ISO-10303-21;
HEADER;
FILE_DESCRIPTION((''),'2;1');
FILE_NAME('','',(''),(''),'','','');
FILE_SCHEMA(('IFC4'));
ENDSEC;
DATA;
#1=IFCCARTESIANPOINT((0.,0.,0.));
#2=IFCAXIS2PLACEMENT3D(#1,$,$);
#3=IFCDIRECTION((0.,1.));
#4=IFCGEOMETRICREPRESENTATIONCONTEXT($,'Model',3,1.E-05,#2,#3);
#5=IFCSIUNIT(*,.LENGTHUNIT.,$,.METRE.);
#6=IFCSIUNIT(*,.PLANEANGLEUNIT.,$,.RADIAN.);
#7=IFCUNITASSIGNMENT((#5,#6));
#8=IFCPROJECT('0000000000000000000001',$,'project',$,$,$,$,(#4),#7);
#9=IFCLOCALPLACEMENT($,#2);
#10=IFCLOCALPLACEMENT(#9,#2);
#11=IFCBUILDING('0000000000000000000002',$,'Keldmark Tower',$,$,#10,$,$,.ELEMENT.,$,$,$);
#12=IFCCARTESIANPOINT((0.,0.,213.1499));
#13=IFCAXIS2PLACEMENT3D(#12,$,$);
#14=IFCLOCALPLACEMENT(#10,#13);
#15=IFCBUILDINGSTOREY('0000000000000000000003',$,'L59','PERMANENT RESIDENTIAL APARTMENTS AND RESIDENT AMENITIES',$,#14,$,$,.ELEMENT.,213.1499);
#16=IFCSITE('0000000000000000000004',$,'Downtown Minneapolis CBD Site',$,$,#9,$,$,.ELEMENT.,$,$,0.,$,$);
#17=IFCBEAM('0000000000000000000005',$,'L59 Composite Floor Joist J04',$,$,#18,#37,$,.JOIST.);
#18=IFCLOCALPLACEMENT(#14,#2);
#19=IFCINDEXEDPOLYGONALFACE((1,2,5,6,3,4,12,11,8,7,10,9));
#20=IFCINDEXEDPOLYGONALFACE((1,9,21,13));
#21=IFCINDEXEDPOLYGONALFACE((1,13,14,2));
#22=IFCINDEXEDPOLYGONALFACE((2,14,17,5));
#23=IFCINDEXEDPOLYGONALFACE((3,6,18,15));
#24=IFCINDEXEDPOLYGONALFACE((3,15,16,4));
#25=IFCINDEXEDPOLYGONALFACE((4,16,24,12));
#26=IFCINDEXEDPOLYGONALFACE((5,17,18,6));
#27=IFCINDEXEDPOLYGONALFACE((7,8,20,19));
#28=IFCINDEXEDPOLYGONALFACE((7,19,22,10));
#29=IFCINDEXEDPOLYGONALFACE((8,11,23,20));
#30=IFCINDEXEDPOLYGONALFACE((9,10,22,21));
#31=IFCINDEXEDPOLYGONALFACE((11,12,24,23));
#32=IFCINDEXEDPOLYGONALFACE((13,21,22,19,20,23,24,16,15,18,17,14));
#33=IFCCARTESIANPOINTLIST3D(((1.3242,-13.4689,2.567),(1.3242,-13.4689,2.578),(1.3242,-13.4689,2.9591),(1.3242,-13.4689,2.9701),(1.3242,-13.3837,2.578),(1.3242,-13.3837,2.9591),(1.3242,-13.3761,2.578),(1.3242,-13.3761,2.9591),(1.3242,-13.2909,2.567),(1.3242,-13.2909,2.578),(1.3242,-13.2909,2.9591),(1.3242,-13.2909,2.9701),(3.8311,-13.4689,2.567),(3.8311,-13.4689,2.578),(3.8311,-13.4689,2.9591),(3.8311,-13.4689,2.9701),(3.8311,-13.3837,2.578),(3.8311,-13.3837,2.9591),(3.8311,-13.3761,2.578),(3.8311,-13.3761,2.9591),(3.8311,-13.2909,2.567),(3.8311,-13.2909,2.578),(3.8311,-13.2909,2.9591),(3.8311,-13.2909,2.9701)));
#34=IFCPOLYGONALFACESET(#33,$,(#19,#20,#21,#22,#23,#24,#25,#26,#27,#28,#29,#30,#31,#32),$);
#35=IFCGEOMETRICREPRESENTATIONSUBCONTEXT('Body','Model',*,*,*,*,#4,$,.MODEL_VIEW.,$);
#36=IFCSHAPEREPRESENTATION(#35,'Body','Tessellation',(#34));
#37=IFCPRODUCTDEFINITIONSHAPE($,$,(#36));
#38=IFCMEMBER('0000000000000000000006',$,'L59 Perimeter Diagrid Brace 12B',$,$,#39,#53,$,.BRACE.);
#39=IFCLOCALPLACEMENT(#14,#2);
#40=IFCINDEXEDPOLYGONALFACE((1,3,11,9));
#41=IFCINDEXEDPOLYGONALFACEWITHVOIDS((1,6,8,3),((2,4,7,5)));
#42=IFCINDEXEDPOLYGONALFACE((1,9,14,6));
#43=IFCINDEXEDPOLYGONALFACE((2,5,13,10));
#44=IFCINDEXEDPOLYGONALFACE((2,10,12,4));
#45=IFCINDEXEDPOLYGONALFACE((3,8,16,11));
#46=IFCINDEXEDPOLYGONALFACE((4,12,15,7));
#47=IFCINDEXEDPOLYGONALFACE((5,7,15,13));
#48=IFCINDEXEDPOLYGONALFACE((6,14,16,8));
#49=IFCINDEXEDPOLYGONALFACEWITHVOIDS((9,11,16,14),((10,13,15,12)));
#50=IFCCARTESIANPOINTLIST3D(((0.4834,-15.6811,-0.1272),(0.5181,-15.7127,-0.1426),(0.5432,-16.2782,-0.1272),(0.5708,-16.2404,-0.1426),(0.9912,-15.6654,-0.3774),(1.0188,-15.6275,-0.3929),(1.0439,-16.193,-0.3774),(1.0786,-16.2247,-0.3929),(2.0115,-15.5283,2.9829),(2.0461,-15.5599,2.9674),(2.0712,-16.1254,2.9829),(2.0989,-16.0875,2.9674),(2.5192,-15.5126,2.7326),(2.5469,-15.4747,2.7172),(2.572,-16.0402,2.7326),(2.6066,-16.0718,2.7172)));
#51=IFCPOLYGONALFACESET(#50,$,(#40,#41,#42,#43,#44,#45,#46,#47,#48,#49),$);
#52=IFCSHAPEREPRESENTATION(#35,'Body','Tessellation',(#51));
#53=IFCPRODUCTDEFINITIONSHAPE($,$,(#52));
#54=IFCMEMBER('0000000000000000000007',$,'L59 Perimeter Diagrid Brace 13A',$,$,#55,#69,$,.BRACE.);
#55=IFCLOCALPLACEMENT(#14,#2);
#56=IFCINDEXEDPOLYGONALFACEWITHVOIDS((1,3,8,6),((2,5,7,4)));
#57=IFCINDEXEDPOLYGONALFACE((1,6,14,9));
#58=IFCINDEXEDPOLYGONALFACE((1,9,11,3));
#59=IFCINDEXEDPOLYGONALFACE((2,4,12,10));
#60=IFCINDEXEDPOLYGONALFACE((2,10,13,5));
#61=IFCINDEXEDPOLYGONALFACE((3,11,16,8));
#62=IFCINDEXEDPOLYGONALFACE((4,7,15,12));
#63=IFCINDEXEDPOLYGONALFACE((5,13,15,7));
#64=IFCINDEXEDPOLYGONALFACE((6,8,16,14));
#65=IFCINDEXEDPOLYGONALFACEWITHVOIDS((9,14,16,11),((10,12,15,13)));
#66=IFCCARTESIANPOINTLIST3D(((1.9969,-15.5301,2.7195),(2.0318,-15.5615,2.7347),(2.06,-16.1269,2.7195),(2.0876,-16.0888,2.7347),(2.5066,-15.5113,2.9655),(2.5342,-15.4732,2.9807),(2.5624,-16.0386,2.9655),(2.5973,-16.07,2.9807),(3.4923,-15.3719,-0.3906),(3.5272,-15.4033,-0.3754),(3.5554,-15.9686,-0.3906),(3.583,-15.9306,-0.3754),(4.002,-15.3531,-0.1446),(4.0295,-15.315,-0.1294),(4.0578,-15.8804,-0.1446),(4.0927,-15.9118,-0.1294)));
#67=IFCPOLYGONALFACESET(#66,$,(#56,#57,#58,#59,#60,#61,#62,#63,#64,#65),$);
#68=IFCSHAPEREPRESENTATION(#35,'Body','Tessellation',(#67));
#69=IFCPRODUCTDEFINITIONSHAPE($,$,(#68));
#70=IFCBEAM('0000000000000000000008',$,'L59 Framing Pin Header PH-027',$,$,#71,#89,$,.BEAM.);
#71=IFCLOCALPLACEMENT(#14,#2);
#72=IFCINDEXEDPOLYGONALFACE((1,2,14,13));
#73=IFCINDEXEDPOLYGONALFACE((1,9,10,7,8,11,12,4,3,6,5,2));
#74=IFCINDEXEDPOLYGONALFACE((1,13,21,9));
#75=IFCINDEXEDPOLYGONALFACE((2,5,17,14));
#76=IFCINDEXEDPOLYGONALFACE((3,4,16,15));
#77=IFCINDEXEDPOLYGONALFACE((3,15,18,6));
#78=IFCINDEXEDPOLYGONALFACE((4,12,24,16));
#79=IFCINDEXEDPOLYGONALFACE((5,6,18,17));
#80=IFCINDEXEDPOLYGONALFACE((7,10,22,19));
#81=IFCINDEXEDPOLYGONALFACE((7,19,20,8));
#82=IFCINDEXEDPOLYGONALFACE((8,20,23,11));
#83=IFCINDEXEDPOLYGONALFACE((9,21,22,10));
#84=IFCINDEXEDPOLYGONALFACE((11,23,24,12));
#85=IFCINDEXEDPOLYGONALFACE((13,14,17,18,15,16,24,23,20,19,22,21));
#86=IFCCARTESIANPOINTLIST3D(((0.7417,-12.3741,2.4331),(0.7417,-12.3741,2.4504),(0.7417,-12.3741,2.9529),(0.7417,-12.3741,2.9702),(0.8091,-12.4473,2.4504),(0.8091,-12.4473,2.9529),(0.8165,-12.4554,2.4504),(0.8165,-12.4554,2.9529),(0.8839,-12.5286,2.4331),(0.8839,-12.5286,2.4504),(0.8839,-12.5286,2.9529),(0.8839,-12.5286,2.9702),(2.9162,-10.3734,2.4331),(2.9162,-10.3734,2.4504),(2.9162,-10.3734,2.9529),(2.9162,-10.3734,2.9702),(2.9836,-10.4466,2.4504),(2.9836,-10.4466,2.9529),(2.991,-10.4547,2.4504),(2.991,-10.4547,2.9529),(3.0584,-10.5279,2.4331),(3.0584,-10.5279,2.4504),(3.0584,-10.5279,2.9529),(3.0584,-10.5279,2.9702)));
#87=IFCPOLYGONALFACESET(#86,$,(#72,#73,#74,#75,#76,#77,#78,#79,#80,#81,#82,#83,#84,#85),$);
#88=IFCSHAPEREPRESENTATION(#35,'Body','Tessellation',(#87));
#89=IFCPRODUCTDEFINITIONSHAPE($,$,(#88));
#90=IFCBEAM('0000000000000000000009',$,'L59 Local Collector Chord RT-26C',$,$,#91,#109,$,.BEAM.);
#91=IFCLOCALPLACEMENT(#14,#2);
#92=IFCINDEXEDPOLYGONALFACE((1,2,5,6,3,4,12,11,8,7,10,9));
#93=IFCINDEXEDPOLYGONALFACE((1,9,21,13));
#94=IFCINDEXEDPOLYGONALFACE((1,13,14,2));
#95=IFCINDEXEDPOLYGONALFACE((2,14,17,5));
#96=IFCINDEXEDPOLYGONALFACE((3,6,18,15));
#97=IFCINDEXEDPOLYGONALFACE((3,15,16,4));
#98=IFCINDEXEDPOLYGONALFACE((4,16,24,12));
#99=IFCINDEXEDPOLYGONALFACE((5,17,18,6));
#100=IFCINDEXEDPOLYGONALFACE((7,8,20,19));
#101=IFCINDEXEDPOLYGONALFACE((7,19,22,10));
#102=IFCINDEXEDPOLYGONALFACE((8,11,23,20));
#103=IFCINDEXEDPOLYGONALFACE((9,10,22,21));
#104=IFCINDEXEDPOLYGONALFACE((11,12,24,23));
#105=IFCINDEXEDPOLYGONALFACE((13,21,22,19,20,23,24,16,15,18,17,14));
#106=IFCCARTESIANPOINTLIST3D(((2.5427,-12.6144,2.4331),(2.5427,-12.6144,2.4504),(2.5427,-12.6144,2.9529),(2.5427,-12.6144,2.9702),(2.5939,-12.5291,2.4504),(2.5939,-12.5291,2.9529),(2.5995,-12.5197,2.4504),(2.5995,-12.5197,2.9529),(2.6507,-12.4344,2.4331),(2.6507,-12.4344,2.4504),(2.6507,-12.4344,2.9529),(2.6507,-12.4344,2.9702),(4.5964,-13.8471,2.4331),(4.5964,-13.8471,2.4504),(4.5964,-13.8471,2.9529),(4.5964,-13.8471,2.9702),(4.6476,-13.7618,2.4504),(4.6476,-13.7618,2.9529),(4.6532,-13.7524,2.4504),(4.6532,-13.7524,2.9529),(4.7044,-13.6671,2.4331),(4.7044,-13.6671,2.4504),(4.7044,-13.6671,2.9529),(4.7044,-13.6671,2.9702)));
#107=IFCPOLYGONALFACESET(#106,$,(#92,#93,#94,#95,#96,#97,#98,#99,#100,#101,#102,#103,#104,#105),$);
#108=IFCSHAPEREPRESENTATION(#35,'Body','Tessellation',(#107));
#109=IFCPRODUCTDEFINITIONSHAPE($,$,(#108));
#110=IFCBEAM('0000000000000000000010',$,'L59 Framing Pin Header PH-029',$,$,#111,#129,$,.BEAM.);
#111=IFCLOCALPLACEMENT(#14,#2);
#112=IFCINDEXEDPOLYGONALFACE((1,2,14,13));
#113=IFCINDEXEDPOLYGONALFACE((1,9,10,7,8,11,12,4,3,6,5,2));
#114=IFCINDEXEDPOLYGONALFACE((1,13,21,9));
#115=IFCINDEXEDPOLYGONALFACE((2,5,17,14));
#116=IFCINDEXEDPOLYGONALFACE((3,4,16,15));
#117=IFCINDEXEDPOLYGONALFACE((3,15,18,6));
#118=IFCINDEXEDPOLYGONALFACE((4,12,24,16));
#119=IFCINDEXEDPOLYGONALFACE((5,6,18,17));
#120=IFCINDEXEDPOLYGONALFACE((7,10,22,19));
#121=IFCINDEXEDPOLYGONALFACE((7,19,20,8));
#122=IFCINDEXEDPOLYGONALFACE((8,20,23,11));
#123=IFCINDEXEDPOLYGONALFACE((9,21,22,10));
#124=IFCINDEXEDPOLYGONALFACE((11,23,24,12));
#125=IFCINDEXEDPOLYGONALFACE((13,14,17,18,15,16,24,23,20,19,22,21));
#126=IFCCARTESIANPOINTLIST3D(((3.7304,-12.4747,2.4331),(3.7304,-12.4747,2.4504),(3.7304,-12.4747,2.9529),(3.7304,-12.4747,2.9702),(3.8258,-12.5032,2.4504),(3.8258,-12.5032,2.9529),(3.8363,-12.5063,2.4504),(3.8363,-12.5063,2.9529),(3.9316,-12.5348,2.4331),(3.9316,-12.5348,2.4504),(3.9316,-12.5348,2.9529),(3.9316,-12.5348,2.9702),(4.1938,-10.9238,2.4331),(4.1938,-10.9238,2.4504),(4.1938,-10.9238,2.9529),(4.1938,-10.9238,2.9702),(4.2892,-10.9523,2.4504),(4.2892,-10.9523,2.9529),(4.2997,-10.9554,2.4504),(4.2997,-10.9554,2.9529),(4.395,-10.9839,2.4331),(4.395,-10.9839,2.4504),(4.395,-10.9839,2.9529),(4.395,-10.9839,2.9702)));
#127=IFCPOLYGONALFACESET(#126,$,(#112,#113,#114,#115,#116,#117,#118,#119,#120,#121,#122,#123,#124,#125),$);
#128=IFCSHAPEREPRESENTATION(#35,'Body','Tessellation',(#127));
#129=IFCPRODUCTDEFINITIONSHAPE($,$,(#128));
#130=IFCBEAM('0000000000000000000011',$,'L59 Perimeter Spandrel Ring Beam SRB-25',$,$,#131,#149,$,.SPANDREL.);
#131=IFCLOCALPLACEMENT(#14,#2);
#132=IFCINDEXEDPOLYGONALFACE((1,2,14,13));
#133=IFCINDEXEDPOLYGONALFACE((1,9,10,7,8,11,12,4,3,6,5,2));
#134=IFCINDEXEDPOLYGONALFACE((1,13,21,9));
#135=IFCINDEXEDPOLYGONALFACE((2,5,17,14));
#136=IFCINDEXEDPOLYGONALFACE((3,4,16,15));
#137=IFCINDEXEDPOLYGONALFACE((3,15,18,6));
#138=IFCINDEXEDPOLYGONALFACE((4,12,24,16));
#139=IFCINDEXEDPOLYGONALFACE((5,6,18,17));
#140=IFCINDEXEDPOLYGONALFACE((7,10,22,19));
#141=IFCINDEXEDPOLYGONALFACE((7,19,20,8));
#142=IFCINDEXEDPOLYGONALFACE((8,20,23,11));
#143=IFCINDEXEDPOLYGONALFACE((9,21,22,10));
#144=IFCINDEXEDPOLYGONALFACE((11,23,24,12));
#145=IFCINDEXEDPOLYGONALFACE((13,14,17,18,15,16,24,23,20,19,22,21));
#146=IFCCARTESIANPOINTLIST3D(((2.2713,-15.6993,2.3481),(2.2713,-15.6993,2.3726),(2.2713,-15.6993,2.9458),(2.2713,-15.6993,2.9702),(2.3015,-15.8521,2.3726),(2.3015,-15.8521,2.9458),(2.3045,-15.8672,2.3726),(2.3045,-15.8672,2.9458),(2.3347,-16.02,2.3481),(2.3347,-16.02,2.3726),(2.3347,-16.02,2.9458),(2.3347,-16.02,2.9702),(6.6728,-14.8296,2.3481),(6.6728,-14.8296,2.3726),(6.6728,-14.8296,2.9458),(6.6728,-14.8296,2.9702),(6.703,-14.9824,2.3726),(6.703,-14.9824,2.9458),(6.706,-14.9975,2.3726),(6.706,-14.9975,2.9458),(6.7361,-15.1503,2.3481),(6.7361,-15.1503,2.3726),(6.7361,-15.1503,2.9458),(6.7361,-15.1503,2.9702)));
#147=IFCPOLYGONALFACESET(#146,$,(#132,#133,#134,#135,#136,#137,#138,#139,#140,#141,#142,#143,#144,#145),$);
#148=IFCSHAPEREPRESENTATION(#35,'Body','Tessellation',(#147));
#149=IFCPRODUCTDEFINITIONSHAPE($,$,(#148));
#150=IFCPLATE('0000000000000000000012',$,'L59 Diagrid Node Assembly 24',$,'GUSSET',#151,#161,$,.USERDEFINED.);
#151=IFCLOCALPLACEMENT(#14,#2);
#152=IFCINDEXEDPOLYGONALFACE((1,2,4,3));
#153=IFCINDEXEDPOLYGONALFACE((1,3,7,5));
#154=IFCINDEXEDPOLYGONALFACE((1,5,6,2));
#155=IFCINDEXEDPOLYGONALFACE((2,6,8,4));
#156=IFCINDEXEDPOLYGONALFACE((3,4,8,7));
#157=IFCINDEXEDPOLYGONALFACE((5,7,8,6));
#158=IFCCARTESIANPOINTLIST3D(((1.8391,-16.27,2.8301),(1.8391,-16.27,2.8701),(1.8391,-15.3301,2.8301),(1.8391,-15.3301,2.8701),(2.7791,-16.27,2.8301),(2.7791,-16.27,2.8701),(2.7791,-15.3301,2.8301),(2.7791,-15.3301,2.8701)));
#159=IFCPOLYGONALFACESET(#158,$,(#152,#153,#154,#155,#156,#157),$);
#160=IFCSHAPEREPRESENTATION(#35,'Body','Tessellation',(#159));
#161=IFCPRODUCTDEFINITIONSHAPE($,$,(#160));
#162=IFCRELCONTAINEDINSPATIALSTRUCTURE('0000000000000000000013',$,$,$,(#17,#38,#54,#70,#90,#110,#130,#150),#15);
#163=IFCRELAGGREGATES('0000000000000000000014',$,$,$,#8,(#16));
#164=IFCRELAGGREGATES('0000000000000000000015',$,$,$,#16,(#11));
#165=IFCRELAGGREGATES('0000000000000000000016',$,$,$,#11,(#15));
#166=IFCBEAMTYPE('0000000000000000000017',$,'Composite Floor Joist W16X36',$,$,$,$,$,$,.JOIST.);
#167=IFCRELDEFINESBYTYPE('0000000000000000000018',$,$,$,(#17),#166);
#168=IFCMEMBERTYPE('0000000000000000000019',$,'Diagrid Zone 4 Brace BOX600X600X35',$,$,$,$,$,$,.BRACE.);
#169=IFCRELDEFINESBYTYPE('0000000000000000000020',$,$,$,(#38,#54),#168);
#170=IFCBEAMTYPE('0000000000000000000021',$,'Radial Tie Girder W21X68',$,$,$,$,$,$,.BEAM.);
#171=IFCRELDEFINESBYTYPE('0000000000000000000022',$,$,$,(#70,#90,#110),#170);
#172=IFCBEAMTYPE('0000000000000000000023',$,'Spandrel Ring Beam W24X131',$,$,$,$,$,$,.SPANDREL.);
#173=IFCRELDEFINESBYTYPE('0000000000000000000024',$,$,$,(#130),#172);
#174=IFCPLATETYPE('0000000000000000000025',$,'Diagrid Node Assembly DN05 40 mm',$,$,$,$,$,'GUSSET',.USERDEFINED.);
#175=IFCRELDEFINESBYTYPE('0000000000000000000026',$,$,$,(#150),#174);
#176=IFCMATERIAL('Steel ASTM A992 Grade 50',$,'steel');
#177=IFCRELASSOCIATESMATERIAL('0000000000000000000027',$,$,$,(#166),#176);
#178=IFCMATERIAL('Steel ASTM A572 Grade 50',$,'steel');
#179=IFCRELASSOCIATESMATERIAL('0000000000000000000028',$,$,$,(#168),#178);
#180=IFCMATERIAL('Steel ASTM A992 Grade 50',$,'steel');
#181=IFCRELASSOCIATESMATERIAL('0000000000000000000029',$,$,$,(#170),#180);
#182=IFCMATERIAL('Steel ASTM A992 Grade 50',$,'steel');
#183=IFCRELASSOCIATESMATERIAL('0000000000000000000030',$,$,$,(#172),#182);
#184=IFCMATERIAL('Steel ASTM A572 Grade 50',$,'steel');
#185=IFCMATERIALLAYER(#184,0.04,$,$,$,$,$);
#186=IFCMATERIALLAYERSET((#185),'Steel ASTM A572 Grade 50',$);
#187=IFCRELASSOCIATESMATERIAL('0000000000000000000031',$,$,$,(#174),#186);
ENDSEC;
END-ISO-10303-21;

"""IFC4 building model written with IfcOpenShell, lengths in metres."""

from ifc_helpers import new_model, si_unit, direction, frame, origin, origin_2d, place, context, subcontext, project, spatial, rectangle, hollow_rectangle, i_section, extrude, material, layer, layer_set, material_profile, profile_set, type_object, element, save


model = new_model("IFC4")

# Units and contexts
model_context = context("Model", 3, precision=1e-05, world=origin(), true_north=direction((0.0, 1.0)))
body_context = subcontext(model_context, "Body", "Model", "MODEL_VIEW")
ifc_project = project(units=[si_unit("LENGTHUNIT", "METRE"), si_unit("PLANEANGLEUNIT", "RADIAN")], contexts=[model_context])

# Site, building, storey
site_placement = place(None, origin())
site = spatial("IfcSite", under=ifc_project, at=site_placement, Name="Downtown Minneapolis CBD Site", CompositionType="ELEMENT", RefElevation=0.0)
building_placement = place(site_placement, origin())
building = spatial("IfcBuilding", under=site, at=building_placement, Name="Keldmark Tower", CompositionType="ELEMENT")
storey_placement = place(building_placement, frame((0.0, 0.0, 213.1499)))
storey = spatial("IfcBuildingStorey", under=building, at=storey_placement, Name="L59", Description="PERMANENT RESIDENTIAL APARTMENTS AND RESIDENT AMENITIES", CompositionType="ELEMENT", Elevation=213.1499)

# Beam
ifc_material_1 = material(Name="Steel ASTM A992 Grade 50", Category="steel")
ifc_material_profile_1 = material_profile(ifc_material_1, i_section(OverallWidth=0.178, OverallDepth=0.4031, WebThickness=0.0076, FlangeThickness=0.011, at=origin_2d()), Name="W16X36")
ifc_profile_set_1 = profile_set([ifc_material_profile_1], Name="Steel ASTM A992 Grade 50")
beam_type_1 = type_object("IfcBeamType", Name="Composite Floor Joist W16X36", PredefinedType="JOIST", material=ifc_profile_set_1)
beam_1_placement = place(storey_placement, frame((1.3242, -13.3799, 2.7686), z_axis=(1.0, 0.0, 0.0), x_axis=(0.0, 1.0, 0.0)))
element("IfcBeam", 1, at=beam_1_placement, inside=storey, type_object=beam_type_1, Name="L59 Composite Floor Joist J04", PredefinedType="JOIST", context=body_context, shape_type="SweptSolid", body=[
    extrude(i_section(OverallWidth=0.178, OverallDepth=0.4031, WebThickness=0.0076, FlangeThickness=0.011, at=origin_2d()), origin(), (0.0, 0.0, 1.0), 2.5068),
])

# Members
ifc_material_2 = material(Name="Steel ASTM A572 Grade 50", Category="steel")
ifc_material_profile_2 = material_profile(ifc_material_2, hollow_rectangle(XDim=0.6001, YDim=0.6001, WallThickness=0.0349, at=origin_2d()), Name="BOX600X600X35")
ifc_profile_set_2 = profile_set([ifc_material_profile_2], Name="Steel ASTM A572 Grade 50")
member_type = type_object("IfcMemberType", Name="Diagrid Zone 4 Brace BOX600X600X35", PredefinedType="BRACE", material=ifc_profile_set_2)
member_1_placement = place(storey_placement, frame((0.781, -15.9529, -0.26), z_axis=(0.440546, 0.044062, 0.896648), x_axis=(-0.099519, 0.995036, 0.0)))
element("IfcMember", 2, at=member_1_placement, inside=storey, type_object=member_type, Name="L59 Perimeter Diagrid Brace 12B", PredefinedType="BRACE", context=body_context, shape_type="SweptSolid", body=[
    extrude(hollow_rectangle(XDim=0.6001, YDim=0.6001, WallThickness=0.0349, at=origin_2d()), origin(), (0.0, 0.0, 1.0), 3.4685),
])
member_2_placement = place(storey_placement, frame((3.7925, -15.6418, -0.26), z_axis=(-0.432867, -0.045796, 0.900294), x_axis=(0.105209, -0.99445, 0.0)))
element("IfcMember", 3, at=member_2_placement, inside=storey, type_object=member_type, Name="L59 Perimeter Diagrid Brace 13A", PredefinedType="BRACE", context=body_context, shape_type="SweptSolid", body=[
    extrude(hollow_rectangle(XDim=0.6001, YDim=0.6001, WallThickness=0.0349, at=origin_2d()), origin(), (0.0, 0.0, 1.0), 3.4546),
])

# Beams
ifc_material_3 = material(Name="Steel ASTM A992 Grade 50", Category="steel")
ifc_material_profile_3 = material_profile(ifc_material_3, i_section(OverallWidth=0.21, OverallDepth=0.5371, WebThickness=0.011, FlangeThickness=0.0173, at=origin_2d()), Name="W21X68")
ifc_profile_set_3 = profile_set([ifc_material_profile_3], Name="Steel ASTM A992 Grade 50")
beam_type_2 = type_object("IfcBeamType", Name="Radial Tie Girder W21X68", PredefinedType="BEAM", material=ifc_profile_set_3)
beam_2_placement = place(storey_placement, frame((2.9873, -10.4507, 2.7017), z_axis=(-0.735908, -0.677082, 0.0), x_axis=(0.677082, -0.735908, 0.0)))
element("IfcBeam", 4, at=beam_2_placement, inside=storey, type_object=beam_type_2, Name="L59 Framing Pin Header PH-027", PredefinedType="BEAM", context=body_context, shape_type="SweptSolid", body=[
    extrude(i_section(OverallWidth=0.21, OverallDepth=0.5371, WebThickness=0.011, FlangeThickness=0.0173, at=origin_2d()), origin(), (0.0, 0.0, 1.0), 2.9548),
])
beam_3_placement = place(storey_placement, frame((2.5967, -12.5244, 2.7017), z_axis=(0.857412, -0.514631, 0.0), x_axis=(0.514631, 0.857412, 0.0)))
element("IfcBeam", 5, at=beam_3_placement, inside=storey, type_object=beam_type_2, Name="L59 Local Collector Chord RT-26C", PredefinedType="BEAM", context=body_context, shape_type="SweptSolid", body=[
    extrude(i_section(OverallWidth=0.21, OverallDepth=0.5371, WebThickness=0.011, FlangeThickness=0.0173, at=origin_2d()), origin(), (0.0, 0.0, 1.0), 2.3953),
])
beam_4_placement = place(storey_placement, frame((4.2944, -10.9539, 2.7017), z_axis=(-0.286296, -0.958141, 0.0), x_axis=(0.958141, -0.286296, 0.0)))
element("IfcBeam", 6, at=beam_4_placement, inside=storey, type_object=beam_type_2, Name="L59 Framing Pin Header PH-029", PredefinedType="BEAM", context=body_context, shape_type="SweptSolid", body=[
    extrude(i_section(OverallWidth=0.21, OverallDepth=0.5371, WebThickness=0.011, FlangeThickness=0.0173, at=origin_2d()), origin(), (0.0, 0.0, 1.0), 1.6187),
])
ifc_material_4 = material(Name="Steel ASTM A992 Grade 50", Category="steel")
ifc_material_profile_4 = material_profile(ifc_material_4, i_section(OverallWidth=0.3269, OverallDepth=0.6221, WebThickness=0.0154, FlangeThickness=0.0244, at=origin_2d()), Name="W24X131")
ifc_profile_set_4 = profile_set([ifc_material_profile_4], Name="Steel ASTM A992 Grade 50")
beam_type_3 = type_object("IfcBeamType", Name="Spandrel Ring Beam W24X131", PredefinedType="SPANDREL", material=ifc_profile_set_4)
beam_5_placement = place(storey_placement, frame((2.303, -15.8596, 2.6592), z_axis=(0.981034, 0.193834, 0.0), x_axis=(-0.193834, 0.981034, 0.0)))
element("IfcBeam", 7, at=beam_5_placement, inside=storey, type_object=beam_type_3, Name="L59 Perimeter Spandrel Ring Beam SRB-25", PredefinedType="SPANDREL", context=body_context, shape_type="SweptSolid", body=[
    extrude(i_section(OverallWidth=0.3269, OverallDepth=0.6221, WebThickness=0.0154, FlangeThickness=0.0244, at=origin_2d()), origin(), (0.0, 0.0, 1.0), 4.4866),
])

# Plate
ifc_material_5 = material(Name="Steel ASTM A572 Grade 50", Category="steel")
ifc_layer_1 = layer(ifc_material_5, 0.04)
ifc_layer_set_1 = layer_set([ifc_layer_1], Name="Steel ASTM A572 Grade 50")
plate_type = type_object("IfcPlateType", Name="Diagrid Node Assembly DN05 40 mm", ElementType="GUSSET", PredefinedType="USERDEFINED", material=ifc_layer_set_1)
plate_placement = place(storey_placement, frame((2.3091, -15.8, 2.8301), z_axis=(0.0, 0.0, 1.0), x_axis=(1.0, 0.0, 0.0)))
element("IfcPlate", 8, at=plate_placement, inside=storey, type_object=plate_type, Name="L59 Diagrid Node Assembly 24", ObjectType="GUSSET", PredefinedType="USERDEFINED", context=body_context, shape_type="SweptSolid", body=[
    extrude(rectangle(XDim=0.9399, YDim=0.9399, at=origin_2d()), origin(), (0.0, 0.0, 1.0), 0.04),
])

save(model, "model.ifc")
